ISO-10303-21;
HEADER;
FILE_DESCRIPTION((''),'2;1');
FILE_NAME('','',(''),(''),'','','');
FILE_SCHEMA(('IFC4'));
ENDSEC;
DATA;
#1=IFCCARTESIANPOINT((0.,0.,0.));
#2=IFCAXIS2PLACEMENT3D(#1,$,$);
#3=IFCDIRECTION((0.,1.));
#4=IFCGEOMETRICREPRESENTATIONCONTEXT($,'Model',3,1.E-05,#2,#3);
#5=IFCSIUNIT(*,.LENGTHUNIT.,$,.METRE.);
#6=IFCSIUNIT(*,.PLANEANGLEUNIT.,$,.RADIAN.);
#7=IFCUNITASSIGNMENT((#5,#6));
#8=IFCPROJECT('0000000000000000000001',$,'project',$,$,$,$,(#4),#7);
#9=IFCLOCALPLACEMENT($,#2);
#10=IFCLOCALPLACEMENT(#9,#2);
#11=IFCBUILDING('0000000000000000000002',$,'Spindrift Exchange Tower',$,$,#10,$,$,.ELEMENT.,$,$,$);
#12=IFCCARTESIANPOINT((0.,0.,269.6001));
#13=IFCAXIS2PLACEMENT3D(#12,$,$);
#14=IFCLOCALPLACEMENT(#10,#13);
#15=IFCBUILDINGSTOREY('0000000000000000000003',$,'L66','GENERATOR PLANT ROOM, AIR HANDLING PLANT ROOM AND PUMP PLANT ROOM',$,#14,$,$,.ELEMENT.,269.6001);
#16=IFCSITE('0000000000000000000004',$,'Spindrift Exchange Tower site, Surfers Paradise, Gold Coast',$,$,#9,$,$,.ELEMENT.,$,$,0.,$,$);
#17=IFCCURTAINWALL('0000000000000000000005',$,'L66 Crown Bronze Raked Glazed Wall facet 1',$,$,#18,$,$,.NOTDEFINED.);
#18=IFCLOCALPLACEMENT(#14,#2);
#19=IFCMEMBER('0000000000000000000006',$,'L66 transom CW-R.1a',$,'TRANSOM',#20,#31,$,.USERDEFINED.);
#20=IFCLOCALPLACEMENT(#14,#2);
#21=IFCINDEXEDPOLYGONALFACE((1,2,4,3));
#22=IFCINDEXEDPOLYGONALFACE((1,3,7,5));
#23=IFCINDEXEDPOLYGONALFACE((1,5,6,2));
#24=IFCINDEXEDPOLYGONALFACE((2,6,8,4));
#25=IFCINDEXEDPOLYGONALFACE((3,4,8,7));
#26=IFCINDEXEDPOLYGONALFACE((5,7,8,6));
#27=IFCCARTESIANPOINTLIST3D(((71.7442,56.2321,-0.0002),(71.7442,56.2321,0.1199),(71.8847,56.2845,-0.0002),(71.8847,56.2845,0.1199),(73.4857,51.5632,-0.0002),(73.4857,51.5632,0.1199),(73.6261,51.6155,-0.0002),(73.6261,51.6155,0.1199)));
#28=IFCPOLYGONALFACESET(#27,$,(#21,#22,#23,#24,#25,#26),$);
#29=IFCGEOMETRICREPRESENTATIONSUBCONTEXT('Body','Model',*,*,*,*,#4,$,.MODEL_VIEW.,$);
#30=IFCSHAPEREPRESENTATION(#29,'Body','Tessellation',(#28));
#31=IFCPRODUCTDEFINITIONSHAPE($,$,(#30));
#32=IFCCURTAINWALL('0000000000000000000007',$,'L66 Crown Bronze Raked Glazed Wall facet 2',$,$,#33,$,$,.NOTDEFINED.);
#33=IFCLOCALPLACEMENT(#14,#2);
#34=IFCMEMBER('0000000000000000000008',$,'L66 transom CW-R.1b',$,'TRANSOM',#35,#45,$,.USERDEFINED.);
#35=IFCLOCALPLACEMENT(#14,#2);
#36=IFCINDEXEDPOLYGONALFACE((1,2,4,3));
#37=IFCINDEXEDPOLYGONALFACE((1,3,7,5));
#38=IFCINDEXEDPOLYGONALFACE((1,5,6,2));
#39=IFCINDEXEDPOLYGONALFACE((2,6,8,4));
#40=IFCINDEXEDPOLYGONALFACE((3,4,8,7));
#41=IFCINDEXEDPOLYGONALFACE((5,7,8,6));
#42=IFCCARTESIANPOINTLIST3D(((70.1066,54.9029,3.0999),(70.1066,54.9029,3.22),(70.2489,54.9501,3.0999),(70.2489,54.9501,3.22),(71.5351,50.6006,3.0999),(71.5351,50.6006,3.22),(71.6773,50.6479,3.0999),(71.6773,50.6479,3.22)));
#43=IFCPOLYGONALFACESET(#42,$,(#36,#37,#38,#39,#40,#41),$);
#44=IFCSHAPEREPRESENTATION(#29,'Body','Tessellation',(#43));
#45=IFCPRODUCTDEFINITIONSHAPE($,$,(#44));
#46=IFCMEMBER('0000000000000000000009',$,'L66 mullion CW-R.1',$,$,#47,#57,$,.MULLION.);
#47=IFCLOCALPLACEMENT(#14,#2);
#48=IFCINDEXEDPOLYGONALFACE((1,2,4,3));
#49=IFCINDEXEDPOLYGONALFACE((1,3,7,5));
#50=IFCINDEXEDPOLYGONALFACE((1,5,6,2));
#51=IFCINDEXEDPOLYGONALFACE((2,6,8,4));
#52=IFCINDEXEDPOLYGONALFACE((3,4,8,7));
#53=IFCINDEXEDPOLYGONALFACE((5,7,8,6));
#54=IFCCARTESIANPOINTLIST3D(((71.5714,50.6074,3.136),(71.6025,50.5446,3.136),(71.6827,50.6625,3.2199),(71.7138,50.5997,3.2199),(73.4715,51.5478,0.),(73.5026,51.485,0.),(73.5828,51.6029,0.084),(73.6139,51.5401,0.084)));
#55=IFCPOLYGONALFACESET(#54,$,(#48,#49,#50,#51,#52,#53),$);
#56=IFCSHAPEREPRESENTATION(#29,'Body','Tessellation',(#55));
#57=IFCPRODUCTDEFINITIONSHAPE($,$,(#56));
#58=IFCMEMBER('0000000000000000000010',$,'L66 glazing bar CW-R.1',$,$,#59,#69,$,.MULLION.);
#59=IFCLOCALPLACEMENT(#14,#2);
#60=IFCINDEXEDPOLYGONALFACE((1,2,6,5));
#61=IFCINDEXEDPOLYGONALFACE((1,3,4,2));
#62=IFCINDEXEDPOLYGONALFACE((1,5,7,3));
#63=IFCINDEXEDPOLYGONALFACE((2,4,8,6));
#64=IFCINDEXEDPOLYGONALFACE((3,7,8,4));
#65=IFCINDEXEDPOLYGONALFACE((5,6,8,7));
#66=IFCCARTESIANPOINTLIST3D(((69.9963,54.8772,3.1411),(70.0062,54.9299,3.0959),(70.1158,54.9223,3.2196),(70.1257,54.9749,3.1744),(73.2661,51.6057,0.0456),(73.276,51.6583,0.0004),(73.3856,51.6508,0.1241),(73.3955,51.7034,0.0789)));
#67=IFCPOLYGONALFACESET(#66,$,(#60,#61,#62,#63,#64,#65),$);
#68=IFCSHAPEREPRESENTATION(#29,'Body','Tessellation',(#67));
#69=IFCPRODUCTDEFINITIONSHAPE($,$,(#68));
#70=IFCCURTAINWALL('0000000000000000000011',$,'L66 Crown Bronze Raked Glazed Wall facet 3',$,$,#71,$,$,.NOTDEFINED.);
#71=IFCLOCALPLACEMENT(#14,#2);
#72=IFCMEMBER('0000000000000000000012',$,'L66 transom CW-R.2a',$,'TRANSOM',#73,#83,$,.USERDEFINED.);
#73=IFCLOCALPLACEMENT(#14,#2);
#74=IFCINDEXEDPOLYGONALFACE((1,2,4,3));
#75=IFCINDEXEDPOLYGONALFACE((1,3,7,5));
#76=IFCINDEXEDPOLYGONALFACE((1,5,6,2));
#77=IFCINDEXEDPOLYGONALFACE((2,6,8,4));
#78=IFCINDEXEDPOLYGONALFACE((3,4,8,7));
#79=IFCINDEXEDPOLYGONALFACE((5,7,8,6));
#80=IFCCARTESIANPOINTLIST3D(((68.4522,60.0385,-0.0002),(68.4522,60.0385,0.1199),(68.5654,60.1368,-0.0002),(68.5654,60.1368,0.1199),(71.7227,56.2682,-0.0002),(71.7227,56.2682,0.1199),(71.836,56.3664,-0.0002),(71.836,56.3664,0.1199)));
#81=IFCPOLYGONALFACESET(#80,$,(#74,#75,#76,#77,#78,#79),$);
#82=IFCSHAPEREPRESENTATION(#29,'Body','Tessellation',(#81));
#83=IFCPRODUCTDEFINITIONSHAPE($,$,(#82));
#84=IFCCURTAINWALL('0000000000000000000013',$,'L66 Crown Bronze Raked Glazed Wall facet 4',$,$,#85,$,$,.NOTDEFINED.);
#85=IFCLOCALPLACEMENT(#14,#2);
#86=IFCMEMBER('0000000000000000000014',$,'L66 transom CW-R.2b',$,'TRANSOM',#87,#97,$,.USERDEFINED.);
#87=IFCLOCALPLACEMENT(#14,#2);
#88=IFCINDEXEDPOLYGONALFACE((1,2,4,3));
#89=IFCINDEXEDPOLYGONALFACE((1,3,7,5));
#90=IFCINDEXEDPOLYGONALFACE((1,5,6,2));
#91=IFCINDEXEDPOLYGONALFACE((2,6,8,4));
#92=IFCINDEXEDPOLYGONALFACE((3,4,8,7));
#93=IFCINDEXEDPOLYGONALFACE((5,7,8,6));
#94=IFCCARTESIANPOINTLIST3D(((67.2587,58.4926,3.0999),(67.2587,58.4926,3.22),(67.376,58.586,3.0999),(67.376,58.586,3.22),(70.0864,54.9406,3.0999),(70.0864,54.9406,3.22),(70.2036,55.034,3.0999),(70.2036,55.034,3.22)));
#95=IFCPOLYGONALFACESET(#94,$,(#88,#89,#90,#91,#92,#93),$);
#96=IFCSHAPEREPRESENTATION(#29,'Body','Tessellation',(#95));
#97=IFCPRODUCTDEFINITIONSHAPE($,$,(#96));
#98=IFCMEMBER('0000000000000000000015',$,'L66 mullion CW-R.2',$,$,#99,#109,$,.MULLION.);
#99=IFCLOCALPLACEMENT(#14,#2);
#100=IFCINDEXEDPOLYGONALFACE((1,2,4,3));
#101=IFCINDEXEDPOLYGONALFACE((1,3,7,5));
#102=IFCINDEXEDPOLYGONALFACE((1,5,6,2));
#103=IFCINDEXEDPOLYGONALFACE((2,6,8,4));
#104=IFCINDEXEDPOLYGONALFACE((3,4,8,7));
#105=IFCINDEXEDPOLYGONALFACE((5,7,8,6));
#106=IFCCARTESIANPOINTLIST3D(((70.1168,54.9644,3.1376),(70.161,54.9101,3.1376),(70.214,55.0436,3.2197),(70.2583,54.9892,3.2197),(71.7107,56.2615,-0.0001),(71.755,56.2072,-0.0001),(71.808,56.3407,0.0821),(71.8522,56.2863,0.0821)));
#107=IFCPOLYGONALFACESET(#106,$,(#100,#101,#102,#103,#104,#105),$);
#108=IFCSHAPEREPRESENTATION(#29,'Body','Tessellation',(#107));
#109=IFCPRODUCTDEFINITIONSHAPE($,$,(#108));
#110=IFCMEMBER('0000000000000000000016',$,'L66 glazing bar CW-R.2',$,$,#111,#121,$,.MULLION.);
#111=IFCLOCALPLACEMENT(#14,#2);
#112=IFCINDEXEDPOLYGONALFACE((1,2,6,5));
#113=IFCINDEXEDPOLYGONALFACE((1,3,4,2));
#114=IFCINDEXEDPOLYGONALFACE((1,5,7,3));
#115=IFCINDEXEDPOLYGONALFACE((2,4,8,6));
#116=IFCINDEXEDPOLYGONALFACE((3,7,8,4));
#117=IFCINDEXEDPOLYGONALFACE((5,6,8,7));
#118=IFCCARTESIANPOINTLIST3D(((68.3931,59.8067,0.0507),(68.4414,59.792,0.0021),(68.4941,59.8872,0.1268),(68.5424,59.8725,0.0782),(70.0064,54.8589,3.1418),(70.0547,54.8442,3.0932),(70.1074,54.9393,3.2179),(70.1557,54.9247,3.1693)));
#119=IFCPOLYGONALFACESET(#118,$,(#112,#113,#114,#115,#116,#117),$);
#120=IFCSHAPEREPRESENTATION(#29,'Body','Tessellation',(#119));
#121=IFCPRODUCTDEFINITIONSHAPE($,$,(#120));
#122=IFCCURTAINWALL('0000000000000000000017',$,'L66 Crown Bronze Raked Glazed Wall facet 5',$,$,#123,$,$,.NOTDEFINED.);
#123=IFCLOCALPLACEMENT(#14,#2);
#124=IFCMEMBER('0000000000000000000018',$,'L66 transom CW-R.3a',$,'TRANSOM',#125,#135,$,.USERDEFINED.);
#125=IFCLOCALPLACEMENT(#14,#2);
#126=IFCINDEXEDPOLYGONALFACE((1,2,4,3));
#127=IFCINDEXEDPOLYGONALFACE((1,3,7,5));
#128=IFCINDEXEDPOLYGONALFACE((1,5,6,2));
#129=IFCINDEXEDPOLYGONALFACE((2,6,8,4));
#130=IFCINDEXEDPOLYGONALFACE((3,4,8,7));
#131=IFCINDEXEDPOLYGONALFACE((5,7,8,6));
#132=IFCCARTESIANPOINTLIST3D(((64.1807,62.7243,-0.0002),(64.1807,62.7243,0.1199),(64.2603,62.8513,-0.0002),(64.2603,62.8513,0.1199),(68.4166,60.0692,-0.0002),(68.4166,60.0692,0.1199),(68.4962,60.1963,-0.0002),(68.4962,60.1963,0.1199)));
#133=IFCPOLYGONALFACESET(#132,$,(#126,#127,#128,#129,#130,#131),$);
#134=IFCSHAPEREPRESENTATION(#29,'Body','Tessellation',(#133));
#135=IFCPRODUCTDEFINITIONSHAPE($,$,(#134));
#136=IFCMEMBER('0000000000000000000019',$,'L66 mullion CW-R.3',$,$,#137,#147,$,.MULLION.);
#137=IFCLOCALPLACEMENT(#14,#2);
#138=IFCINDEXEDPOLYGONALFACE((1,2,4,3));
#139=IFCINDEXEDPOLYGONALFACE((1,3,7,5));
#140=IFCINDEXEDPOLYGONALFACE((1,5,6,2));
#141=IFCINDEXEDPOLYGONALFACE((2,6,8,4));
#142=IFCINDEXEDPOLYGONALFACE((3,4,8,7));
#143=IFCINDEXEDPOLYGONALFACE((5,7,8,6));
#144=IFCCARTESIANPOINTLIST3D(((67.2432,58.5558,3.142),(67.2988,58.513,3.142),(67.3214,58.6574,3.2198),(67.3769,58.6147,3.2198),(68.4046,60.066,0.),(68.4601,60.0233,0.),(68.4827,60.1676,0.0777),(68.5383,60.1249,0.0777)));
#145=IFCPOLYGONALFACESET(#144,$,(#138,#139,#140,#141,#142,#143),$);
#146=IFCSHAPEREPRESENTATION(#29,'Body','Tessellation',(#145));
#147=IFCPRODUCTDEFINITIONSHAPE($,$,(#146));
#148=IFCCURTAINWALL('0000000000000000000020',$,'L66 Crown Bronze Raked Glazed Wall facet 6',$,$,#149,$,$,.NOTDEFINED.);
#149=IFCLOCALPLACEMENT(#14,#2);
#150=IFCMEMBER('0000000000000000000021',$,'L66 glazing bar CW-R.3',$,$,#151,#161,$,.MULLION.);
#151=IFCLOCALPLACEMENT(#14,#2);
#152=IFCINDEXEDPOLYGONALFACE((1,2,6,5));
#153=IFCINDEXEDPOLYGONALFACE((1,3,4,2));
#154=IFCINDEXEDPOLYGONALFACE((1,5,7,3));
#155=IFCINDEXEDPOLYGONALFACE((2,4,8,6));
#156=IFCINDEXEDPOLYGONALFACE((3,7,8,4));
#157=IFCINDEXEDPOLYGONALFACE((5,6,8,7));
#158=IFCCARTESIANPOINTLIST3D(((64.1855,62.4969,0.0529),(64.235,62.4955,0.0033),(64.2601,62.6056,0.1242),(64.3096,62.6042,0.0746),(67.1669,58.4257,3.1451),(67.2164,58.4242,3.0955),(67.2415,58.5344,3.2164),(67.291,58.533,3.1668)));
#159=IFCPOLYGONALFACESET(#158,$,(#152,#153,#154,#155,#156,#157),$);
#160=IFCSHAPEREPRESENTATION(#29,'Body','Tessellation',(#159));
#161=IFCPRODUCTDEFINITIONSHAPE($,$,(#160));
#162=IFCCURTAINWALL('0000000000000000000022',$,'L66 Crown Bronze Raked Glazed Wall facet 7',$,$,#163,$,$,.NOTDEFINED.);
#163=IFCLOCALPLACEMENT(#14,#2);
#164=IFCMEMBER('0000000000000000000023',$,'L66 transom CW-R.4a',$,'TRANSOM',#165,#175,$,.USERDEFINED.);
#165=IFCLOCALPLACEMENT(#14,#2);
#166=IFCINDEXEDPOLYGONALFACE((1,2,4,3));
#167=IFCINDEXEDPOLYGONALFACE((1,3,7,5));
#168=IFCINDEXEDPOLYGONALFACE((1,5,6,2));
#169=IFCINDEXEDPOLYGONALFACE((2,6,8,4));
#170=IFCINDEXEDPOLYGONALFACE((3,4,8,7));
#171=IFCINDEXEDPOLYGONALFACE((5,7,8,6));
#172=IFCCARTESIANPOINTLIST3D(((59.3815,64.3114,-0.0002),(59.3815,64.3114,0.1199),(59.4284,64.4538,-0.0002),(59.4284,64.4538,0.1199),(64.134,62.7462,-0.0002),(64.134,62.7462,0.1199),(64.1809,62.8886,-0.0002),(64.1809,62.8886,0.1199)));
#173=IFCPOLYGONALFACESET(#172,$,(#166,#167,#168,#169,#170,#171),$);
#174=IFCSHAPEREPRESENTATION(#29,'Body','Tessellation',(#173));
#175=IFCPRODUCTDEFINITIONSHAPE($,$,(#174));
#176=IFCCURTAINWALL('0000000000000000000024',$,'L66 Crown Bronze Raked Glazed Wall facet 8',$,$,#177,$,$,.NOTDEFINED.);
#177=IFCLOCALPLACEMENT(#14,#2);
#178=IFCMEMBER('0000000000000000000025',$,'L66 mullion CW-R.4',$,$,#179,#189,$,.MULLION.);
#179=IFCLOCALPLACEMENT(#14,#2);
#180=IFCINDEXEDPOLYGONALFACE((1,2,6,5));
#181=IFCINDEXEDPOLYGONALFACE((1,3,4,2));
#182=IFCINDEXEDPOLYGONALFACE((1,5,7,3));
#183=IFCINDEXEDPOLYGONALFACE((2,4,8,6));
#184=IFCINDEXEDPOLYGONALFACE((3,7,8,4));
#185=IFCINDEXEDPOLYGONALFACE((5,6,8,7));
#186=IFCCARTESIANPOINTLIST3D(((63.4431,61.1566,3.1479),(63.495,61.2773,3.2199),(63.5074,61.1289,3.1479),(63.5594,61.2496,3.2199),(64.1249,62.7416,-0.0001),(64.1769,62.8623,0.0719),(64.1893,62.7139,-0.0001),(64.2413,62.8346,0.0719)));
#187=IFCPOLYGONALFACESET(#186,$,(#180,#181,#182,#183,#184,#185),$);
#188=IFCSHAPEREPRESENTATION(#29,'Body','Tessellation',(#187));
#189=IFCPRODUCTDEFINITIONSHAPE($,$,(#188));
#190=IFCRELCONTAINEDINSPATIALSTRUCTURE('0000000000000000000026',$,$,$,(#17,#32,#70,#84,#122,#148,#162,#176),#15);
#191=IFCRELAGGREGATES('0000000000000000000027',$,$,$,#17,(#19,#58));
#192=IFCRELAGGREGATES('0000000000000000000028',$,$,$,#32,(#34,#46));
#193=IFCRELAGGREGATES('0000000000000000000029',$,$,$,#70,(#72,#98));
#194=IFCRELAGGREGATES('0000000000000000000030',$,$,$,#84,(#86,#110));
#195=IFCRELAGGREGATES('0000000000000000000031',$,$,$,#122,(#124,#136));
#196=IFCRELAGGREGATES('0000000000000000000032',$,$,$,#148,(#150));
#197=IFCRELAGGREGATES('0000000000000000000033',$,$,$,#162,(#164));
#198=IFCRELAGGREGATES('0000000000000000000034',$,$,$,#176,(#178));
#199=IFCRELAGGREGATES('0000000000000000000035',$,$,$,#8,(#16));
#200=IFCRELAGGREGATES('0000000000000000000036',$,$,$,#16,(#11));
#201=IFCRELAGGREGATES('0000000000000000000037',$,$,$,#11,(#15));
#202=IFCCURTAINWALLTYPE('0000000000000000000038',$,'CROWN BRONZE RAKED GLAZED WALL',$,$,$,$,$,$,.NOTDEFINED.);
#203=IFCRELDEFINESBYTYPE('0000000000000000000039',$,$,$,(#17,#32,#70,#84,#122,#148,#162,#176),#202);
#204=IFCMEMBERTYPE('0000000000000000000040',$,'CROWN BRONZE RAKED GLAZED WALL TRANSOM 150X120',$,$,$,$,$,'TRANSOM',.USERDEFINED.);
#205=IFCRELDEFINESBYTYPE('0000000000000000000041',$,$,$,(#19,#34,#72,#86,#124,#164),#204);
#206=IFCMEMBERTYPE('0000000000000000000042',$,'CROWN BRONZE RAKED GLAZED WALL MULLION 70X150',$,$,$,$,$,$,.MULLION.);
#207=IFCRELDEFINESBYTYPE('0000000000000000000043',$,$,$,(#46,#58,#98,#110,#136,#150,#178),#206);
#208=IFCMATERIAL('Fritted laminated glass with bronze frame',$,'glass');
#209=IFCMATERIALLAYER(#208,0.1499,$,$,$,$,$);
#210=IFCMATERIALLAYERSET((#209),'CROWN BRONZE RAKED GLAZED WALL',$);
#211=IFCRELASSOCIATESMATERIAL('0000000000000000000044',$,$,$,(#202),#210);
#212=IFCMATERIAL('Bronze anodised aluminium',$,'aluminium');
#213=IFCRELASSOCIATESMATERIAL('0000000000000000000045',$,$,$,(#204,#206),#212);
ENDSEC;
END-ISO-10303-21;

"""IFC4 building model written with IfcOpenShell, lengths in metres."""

from ifc_helpers import new_model, si_unit, direction, frame, origin, origin_2d, place, context, subcontext, project, spatial, rectangle, extrude, source, transform, mapped, material, layer, layer_set, material_profile, profile_set, type_object, element, aggregate, save


model = new_model("IFC4")

# Units and contexts
model_context = context("Model", 3, precision=1e-05, world=origin(), true_north=direction((0.0, 1.0)))
body_context = subcontext(model_context, "Body", "Model", "MODEL_VIEW")
ifc_project = project(units=[si_unit("LENGTHUNIT", "METRE"), si_unit("PLANEANGLEUNIT", "RADIAN")], contexts=[model_context])

# Site, building, storey
site_placement = place(None, origin())
site = spatial("IfcSite", under=ifc_project, at=site_placement, Name="Spindrift Exchange Tower site, Surfers Paradise, Gold Coast", CompositionType="ELEMENT", RefElevation=0.0)
building_placement = place(site_placement, origin())
building = spatial("IfcBuilding", under=site, at=building_placement, Name="Spindrift Exchange Tower", CompositionType="ELEMENT")
storey_placement = place(building_placement, frame((0.0, 0.0, 269.6001)))
storey = spatial("IfcBuildingStorey", under=building, at=storey_placement, Name="L66", Description="GENERATOR PLANT ROOM, AIR HANDLING PLANT ROOM AND PUMP PLANT ROOM", CompositionType="ELEMENT", Elevation=269.6001)

# Curtain wall, member
ifc_material_1 = material(Name="Fritted laminated glass with bronze frame", Category="glass")
ifc_layer_1 = layer(ifc_material_1, 0.1499)
ifc_layer_set_1 = layer_set([ifc_layer_1], Name="CROWN BRONZE RAKED GLAZED WALL")
curtain_wall_type = type_object("IfcCurtainWallType", Name="CROWN BRONZE RAKED GLAZED WALL", PredefinedType="NOTDEFINED", material=ifc_layer_set_1)
curtain_wall_1_placement = place(storey_placement, origin())
curtain_wall_1 = element("IfcCurtainWall", 1, at=curtain_wall_1_placement, inside=storey, type_object=curtain_wall_type, Name="L66 Crown Bronze Raked Glazed Wall facet 1", PredefinedType="NOTDEFINED")
ifc_material_2 = material(Name="Bronze anodised aluminium", Category="aluminium")
ifc_material_profile_1 = material_profile(ifc_material_2, rectangle(XDim=0.1499, YDim=0.1201, at=origin_2d()), Name="CROWN BRONZE RAKED GLAZED WALL TRANSOM 150X120")
ifc_profile_set_1 = profile_set([ifc_material_profile_1], Name="Bronze anodised aluminium")
member_type_1 = type_object("IfcMemberType", Name="CROWN BRONZE RAKED GLAZED WALL TRANSOM 150X120", ElementType="TRANSOM", PredefinedType="USERDEFINED", material=ifc_profile_set_1)
shared_shape_1 = source(origin(), body_context, "Body", "SweptSolid", [
    extrude(rectangle(XDim=0.1499, YDim=0.1201, at=origin_2d()), origin(), (0.0, 0.0, 1.0), 4.9832),
])
member_1_placement = place(storey_placement, frame((73.5559, 51.5894, 0.0598), z_axis=(-0.349469, 0.936948, 0.0), x_axis=(-0.936948, -0.349469, 0.0)))
member_1 = element("IfcMember", 2, at=member_1_placement, type_object=member_type_1, Name="L66 transom CW-R.1a", ObjectType="TRANSOM", PredefinedType="USERDEFINED", context=body_context, shape_type="MappedRepresentation", body=[
    mapped(shared_shape_1, transform((0.0, 0.0, 0.0), scale=1.0)),
])

# Curtain wall, members
curtain_wall_2_placement = place(storey_placement, origin())
curtain_wall_2 = element("IfcCurtainWall", 3, at=curtain_wall_2_placement, inside=storey, type_object=curtain_wall_type, Name="L66 Crown Bronze Raked Glazed Wall facet 2", PredefinedType="NOTDEFINED")
shared_shape_2 = source(origin(), body_context, "Body", "SweptSolid", [
    extrude(rectangle(XDim=0.1499, YDim=0.1201, at=origin_2d()), origin(), (0.0, 0.0, 1.0), 4.5332),
])
member_2_placement = place(storey_placement, frame((71.6062, 50.6243, 3.1599), z_axis=(-0.315113, 0.949054, 0.0), x_axis=(-0.949054, -0.315113, 0.0)))
member_2 = element("IfcMember", 4, at=member_2_placement, type_object=member_type_1, Name="L66 transom CW-R.1b", ObjectType="TRANSOM", PredefinedType="USERDEFINED", context=body_context, shape_type="MappedRepresentation", body=[
    mapped(shared_shape_2, transform((0.0, 0.0, 0.0), scale=1.0)),
])
ifc_material_profile_2 = material_profile(ifc_material_2, rectangle(XDim=0.0701, YDim=0.1499, at=origin_2d()), Name="CROWN BRONZE RAKED GLAZED WALL MULLION 70X150")
ifc_profile_set_2 = profile_set([ifc_material_profile_2], Name="Bronze anodised aluminium")
member_type_2 = type_object("IfcMemberType", Name="CROWN BRONZE RAKED GLAZED WALL MULLION 70X150", PredefinedType="MULLION", material=ifc_profile_set_2)
shared_shape_3 = source(origin(), body_context, "Body", "SweptSolid", [
    extrude(rectangle(XDim=0.0701, YDim=0.1499, at=origin_2d()), origin(), (0.0, 0.0, 1.0), 3.7854),
])
member_3_placement = place(storey_placement, frame((73.5427, 51.5439, 0.042), z_axis=(-0.501965, -0.248435, 0.828439), x_axis=(0.443571, -0.896239, 0.0)))
member_3 = element("IfcMember", 5, at=member_3_placement, type_object=member_type_2, Name="L66 mullion CW-R.1", PredefinedType="MULLION", context=body_context, shape_type="MappedRepresentation", body=[
    mapped(shared_shape_3, transform((0.0, 0.0, 0.0), scale=1.0)),
])

# Member
shared_shape_4 = source(origin(), body_context, "Body", "SweptSolid", [
    extrude(rectangle(XDim=0.0701, YDim=0.1499, at=origin_2d()), origin(), (0.0, 0.0, 1.0), 5.5657),
])
member_4_placement = place(storey_placement, frame((73.3308, 51.6545, 0.0623), z_axis=(-0.587497, 0.587804, 0.556177), x_axis=(-0.140894, -0.751098, 0.644982)))
member_4 = element("IfcMember", 6, at=member_4_placement, type_object=member_type_2, Name="L66 glazing bar CW-R.1", PredefinedType="MULLION", context=body_context, shape_type="MappedRepresentation", body=[
    mapped(shared_shape_4, transform((0.0, 0.0, 0.0), scale=1.0)),
])

# Curtain walls, members
curtain_wall_3_placement = place(storey_placement, origin())
curtain_wall_3 = element("IfcCurtainWall", 7, at=curtain_wall_3_placement, inside=storey, type_object=curtain_wall_type, Name="L66 Crown Bronze Raked Glazed Wall facet 3", PredefinedType="NOTDEFINED")
shared_shape_5 = source(origin(), body_context, "Body", "SweptSolid", [
    extrude(rectangle(XDim=0.1499, YDim=0.1201, at=origin_2d()), origin(), (0.0, 0.0, 1.0), 4.9912),
])
member_5_placement = place(storey_placement, frame((68.5088, 60.0876, 0.0598), z_axis=(0.655268, -0.755397, 0.0), x_axis=(0.755397, 0.655268, 0.0)))
member_5 = element("IfcMember", 8, at=member_5_placement, type_object=member_type_1, Name="L66 transom CW-R.2a", ObjectType="TRANSOM", PredefinedType="USERDEFINED", context=body_context, shape_type="MappedRepresentation", body=[
    mapped(shared_shape_5, transform((0.0, 0.0, 0.0), scale=1.0)),
])
curtain_wall_4_placement = place(storey_placement, origin())
curtain_wall_4 = element("IfcCurtainWall", 9, at=curtain_wall_4_placement, inside=storey, type_object=curtain_wall_type, Name="L66 Crown Bronze Raked Glazed Wall facet 4", PredefinedType="NOTDEFINED")
shared_shape_6 = source(origin(), body_context, "Body", "SweptSolid", [
    extrude(rectangle(XDim=0.1499, YDim=0.1201, at=origin_2d()), origin(), (0.0, 0.0, 1.0), 4.54),
])
member_6_placement = place(storey_placement, frame((67.3174, 58.5393, 3.1599), z_axis=(0.622818, -0.782367, 0.0), x_axis=(0.782367, 0.622818, 0.0)))
member_6 = element("IfcMember", 10, at=member_6_placement, type_object=member_type_1, Name="L66 transom CW-R.2b", ObjectType="TRANSOM", PredefinedType="USERDEFINED", context=body_context, shape_type="MappedRepresentation", body=[
    mapped(shared_shape_6, transform((0.0, 0.0, 0.0), scale=1.0)),
])

# Members
shared_shape_7 = source(origin(), body_context, "Body", "SweptSolid", [
    extrude(rectangle(XDim=0.0701, YDim=0.1499, at=origin_2d()), origin(), (0.0, 0.0, 1.0), 3.7507),
])
member_7_placement = place(storey_placement, frame((71.7815, 56.2739, 0.041), z_axis=(-0.424975, -0.345825, 0.836541), x_axis=(0.631178, -0.775638, 0.0)))
member_7 = element("IfcMember", 11, at=member_7_placement, type_object=member_type_2, Name="L66 mullion CW-R.2", PredefinedType="MULLION", context=body_context, shape_type="MappedRepresentation", body=[
    mapped(shared_shape_7, transform((0.0, 0.0, 0.0), scale=1.0)),
])
shared_shape_8 = source(origin(), body_context, "Body", "SweptSolid", [
    extrude(rectangle(XDim=0.0701, YDim=0.1499, at=origin_2d()), origin(), (0.0, 0.0, 1.0), 6.053),
])
member_8_placement = place(storey_placement, frame((68.4678, 59.8396, 0.0645), z_axis=(0.26653, -0.817418, 0.510675), x_axis=(0.689073, -0.208854, -0.693944)))
member_8 = element("IfcMember", 12, at=member_8_placement, type_object=member_type_2, Name="L66 glazing bar CW-R.2", PredefinedType="MULLION", context=body_context, shape_type="MappedRepresentation", body=[
    mapped(shared_shape_8, transform((0.0, 0.0, 0.0), scale=1.0)),
])

# Curtain wall, members
curtain_wall_5_placement = place(storey_placement, origin())
curtain_wall_5 = element("IfcCurtainWall", 13, at=curtain_wall_5_placement, inside=storey, type_object=curtain_wall_type, Name="L66 Crown Bronze Raked Glazed Wall facet 5", PredefinedType="NOTDEFINED")
shared_shape_9 = source(origin(), body_context, "Body", "SweptSolid", [
    extrude(rectangle(XDim=0.1499, YDim=0.1201, at=origin_2d()), origin(), (0.0, 0.0, 1.0), 4.9993),
])
member_9_placement = place(storey_placement, frame((64.2205, 62.7878, 0.0598), z_axis=(0.847312, -0.531096, 0.0), x_axis=(0.531096, 0.847312, 0.0)))
member_9 = element("IfcMember", 14, at=member_9_placement, type_object=member_type_1, Name="L66 transom CW-R.3a", ObjectType="TRANSOM", PredefinedType="USERDEFINED", context=body_context, shape_type="MappedRepresentation", body=[
    mapped(shared_shape_9, transform((0.0, 0.0, 0.0), scale=1.0)),
])
shared_shape_10 = source(origin(), body_context, "Body", "SweptSolid", [
    extrude(rectangle(XDim=0.0701, YDim=0.1499, at=origin_2d()), origin(), (0.0, 0.0, 1.0), 3.6746),
])
member_10_placement = place(storey_placement, frame((68.4714, 60.0955, 0.0388), z_axis=(-0.316059, -0.411003, 0.855093), x_axis=(0.792714, -0.609593, 0.0)))
member_10 = element("IfcMember", 15, at=member_10_placement, type_object=member_type_2, Name="L66 mullion CW-R.3", PredefinedType="MULLION", context=body_context, shape_type="MappedRepresentation", body=[
    mapped(shared_shape_10, transform((0.0, 0.0, 0.0), scale=1.0)),
])

# Curtain walls, members
curtain_wall_6_placement = place(storey_placement, origin())
curtain_wall_6 = element("IfcCurtainWall", 16, at=curtain_wall_6_placement, inside=storey, type_object=curtain_wall_type, Name="L66 Crown Bronze Raked Glazed Wall facet 6", PredefinedType="NOTDEFINED")
shared_shape_11 = source(origin(), body_context, "Body", "SweptSolid", [
    extrude(rectangle(XDim=0.0701, YDim=0.1499, at=origin_2d()), origin(), (0.0, 0.0, 1.0), 5.9182),
])
member_11_placement = place(storey_placement, frame((64.2476, 62.5505, 0.0637), z_axis=(0.503765, -0.687912, 0.522493), x_axis=(0.70633, -0.020191, -0.707595)))
member_11 = element("IfcMember", 17, at=member_11_placement, type_object=member_type_2, Name="L66 glazing bar CW-R.3", PredefinedType="MULLION", context=body_context, shape_type="MappedRepresentation", body=[
    mapped(shared_shape_11, transform((0.0, 0.0, 0.0), scale=1.0)),
])
curtain_wall_7_placement = place(storey_placement, origin())
curtain_wall_7 = element("IfcCurtainWall", 18, at=curtain_wall_7_placement, inside=storey, type_object=curtain_wall_type, Name="L66 Crown Bronze Raked Glazed Wall facet 7", PredefinedType="NOTDEFINED")
shared_shape_12 = source(origin(), body_context, "Body", "SweptSolid", [
    extrude(rectangle(XDim=0.1499, YDim=0.1201, at=origin_2d()), origin(), (0.0, 0.0, 1.0), 5.0037),
])
member_12_placement = place(storey_placement, frame((64.1575, 62.8174, 0.0598), z_axis=(-0.949814, 0.312815, 0.0), x_axis=(-0.312815, -0.949814, 0.0)))
member_12 = element("IfcMember", 19, at=member_12_placement, type_object=member_type_1, Name="L66 transom CW-R.4a", ObjectType="TRANSOM", PredefinedType="USERDEFINED", context=body_context, shape_type="MappedRepresentation", body=[
    mapped(shared_shape_12, transform((0.0, 0.0, 0.0), scale=1.0)),
])
curtain_wall_8_placement = place(storey_placement, origin())
curtain_wall_8 = element("IfcCurtainWall", 20, at=curtain_wall_8_placement, inside=storey, type_object=curtain_wall_type, Name="L66 Crown Bronze Raked Glazed Wall facet 8", PredefinedType="NOTDEFINED")
shared_shape_13 = source(origin(), body_context, "Body", "SweptSolid", [
    extrude(rectangle(XDim=0.0701, YDim=0.1499, at=origin_2d()), origin(), (0.0, 0.0, 1.0), 3.5898),
])
member_13_placement = place(storey_placement, frame((64.1831, 62.7881, 0.0359), z_axis=(-0.189951, -0.441518, 0.876915), x_axis=(0.918595, -0.3952, 0.0)))
member_13 = element("IfcMember", 21, at=member_13_placement, type_object=member_type_2, Name="L66 mullion CW-R.4", PredefinedType="MULLION", context=body_context, shape_type="MappedRepresentation", body=[
    mapped(shared_shape_13, transform((0.0, 0.0, 0.0), scale=1.0)),
])

aggregate(curtain_wall_1, [member_1, member_4])
aggregate(curtain_wall_2, [member_2, member_3])
aggregate(curtain_wall_3, [member_5, member_7])
aggregate(curtain_wall_4, [member_6, member_8])
aggregate(curtain_wall_5, [member_9, member_10])
aggregate(curtain_wall_6, [member_11])
aggregate(curtain_wall_7, [member_12])
aggregate(curtain_wall_8, [member_13])

save(model, "model.ifc")
